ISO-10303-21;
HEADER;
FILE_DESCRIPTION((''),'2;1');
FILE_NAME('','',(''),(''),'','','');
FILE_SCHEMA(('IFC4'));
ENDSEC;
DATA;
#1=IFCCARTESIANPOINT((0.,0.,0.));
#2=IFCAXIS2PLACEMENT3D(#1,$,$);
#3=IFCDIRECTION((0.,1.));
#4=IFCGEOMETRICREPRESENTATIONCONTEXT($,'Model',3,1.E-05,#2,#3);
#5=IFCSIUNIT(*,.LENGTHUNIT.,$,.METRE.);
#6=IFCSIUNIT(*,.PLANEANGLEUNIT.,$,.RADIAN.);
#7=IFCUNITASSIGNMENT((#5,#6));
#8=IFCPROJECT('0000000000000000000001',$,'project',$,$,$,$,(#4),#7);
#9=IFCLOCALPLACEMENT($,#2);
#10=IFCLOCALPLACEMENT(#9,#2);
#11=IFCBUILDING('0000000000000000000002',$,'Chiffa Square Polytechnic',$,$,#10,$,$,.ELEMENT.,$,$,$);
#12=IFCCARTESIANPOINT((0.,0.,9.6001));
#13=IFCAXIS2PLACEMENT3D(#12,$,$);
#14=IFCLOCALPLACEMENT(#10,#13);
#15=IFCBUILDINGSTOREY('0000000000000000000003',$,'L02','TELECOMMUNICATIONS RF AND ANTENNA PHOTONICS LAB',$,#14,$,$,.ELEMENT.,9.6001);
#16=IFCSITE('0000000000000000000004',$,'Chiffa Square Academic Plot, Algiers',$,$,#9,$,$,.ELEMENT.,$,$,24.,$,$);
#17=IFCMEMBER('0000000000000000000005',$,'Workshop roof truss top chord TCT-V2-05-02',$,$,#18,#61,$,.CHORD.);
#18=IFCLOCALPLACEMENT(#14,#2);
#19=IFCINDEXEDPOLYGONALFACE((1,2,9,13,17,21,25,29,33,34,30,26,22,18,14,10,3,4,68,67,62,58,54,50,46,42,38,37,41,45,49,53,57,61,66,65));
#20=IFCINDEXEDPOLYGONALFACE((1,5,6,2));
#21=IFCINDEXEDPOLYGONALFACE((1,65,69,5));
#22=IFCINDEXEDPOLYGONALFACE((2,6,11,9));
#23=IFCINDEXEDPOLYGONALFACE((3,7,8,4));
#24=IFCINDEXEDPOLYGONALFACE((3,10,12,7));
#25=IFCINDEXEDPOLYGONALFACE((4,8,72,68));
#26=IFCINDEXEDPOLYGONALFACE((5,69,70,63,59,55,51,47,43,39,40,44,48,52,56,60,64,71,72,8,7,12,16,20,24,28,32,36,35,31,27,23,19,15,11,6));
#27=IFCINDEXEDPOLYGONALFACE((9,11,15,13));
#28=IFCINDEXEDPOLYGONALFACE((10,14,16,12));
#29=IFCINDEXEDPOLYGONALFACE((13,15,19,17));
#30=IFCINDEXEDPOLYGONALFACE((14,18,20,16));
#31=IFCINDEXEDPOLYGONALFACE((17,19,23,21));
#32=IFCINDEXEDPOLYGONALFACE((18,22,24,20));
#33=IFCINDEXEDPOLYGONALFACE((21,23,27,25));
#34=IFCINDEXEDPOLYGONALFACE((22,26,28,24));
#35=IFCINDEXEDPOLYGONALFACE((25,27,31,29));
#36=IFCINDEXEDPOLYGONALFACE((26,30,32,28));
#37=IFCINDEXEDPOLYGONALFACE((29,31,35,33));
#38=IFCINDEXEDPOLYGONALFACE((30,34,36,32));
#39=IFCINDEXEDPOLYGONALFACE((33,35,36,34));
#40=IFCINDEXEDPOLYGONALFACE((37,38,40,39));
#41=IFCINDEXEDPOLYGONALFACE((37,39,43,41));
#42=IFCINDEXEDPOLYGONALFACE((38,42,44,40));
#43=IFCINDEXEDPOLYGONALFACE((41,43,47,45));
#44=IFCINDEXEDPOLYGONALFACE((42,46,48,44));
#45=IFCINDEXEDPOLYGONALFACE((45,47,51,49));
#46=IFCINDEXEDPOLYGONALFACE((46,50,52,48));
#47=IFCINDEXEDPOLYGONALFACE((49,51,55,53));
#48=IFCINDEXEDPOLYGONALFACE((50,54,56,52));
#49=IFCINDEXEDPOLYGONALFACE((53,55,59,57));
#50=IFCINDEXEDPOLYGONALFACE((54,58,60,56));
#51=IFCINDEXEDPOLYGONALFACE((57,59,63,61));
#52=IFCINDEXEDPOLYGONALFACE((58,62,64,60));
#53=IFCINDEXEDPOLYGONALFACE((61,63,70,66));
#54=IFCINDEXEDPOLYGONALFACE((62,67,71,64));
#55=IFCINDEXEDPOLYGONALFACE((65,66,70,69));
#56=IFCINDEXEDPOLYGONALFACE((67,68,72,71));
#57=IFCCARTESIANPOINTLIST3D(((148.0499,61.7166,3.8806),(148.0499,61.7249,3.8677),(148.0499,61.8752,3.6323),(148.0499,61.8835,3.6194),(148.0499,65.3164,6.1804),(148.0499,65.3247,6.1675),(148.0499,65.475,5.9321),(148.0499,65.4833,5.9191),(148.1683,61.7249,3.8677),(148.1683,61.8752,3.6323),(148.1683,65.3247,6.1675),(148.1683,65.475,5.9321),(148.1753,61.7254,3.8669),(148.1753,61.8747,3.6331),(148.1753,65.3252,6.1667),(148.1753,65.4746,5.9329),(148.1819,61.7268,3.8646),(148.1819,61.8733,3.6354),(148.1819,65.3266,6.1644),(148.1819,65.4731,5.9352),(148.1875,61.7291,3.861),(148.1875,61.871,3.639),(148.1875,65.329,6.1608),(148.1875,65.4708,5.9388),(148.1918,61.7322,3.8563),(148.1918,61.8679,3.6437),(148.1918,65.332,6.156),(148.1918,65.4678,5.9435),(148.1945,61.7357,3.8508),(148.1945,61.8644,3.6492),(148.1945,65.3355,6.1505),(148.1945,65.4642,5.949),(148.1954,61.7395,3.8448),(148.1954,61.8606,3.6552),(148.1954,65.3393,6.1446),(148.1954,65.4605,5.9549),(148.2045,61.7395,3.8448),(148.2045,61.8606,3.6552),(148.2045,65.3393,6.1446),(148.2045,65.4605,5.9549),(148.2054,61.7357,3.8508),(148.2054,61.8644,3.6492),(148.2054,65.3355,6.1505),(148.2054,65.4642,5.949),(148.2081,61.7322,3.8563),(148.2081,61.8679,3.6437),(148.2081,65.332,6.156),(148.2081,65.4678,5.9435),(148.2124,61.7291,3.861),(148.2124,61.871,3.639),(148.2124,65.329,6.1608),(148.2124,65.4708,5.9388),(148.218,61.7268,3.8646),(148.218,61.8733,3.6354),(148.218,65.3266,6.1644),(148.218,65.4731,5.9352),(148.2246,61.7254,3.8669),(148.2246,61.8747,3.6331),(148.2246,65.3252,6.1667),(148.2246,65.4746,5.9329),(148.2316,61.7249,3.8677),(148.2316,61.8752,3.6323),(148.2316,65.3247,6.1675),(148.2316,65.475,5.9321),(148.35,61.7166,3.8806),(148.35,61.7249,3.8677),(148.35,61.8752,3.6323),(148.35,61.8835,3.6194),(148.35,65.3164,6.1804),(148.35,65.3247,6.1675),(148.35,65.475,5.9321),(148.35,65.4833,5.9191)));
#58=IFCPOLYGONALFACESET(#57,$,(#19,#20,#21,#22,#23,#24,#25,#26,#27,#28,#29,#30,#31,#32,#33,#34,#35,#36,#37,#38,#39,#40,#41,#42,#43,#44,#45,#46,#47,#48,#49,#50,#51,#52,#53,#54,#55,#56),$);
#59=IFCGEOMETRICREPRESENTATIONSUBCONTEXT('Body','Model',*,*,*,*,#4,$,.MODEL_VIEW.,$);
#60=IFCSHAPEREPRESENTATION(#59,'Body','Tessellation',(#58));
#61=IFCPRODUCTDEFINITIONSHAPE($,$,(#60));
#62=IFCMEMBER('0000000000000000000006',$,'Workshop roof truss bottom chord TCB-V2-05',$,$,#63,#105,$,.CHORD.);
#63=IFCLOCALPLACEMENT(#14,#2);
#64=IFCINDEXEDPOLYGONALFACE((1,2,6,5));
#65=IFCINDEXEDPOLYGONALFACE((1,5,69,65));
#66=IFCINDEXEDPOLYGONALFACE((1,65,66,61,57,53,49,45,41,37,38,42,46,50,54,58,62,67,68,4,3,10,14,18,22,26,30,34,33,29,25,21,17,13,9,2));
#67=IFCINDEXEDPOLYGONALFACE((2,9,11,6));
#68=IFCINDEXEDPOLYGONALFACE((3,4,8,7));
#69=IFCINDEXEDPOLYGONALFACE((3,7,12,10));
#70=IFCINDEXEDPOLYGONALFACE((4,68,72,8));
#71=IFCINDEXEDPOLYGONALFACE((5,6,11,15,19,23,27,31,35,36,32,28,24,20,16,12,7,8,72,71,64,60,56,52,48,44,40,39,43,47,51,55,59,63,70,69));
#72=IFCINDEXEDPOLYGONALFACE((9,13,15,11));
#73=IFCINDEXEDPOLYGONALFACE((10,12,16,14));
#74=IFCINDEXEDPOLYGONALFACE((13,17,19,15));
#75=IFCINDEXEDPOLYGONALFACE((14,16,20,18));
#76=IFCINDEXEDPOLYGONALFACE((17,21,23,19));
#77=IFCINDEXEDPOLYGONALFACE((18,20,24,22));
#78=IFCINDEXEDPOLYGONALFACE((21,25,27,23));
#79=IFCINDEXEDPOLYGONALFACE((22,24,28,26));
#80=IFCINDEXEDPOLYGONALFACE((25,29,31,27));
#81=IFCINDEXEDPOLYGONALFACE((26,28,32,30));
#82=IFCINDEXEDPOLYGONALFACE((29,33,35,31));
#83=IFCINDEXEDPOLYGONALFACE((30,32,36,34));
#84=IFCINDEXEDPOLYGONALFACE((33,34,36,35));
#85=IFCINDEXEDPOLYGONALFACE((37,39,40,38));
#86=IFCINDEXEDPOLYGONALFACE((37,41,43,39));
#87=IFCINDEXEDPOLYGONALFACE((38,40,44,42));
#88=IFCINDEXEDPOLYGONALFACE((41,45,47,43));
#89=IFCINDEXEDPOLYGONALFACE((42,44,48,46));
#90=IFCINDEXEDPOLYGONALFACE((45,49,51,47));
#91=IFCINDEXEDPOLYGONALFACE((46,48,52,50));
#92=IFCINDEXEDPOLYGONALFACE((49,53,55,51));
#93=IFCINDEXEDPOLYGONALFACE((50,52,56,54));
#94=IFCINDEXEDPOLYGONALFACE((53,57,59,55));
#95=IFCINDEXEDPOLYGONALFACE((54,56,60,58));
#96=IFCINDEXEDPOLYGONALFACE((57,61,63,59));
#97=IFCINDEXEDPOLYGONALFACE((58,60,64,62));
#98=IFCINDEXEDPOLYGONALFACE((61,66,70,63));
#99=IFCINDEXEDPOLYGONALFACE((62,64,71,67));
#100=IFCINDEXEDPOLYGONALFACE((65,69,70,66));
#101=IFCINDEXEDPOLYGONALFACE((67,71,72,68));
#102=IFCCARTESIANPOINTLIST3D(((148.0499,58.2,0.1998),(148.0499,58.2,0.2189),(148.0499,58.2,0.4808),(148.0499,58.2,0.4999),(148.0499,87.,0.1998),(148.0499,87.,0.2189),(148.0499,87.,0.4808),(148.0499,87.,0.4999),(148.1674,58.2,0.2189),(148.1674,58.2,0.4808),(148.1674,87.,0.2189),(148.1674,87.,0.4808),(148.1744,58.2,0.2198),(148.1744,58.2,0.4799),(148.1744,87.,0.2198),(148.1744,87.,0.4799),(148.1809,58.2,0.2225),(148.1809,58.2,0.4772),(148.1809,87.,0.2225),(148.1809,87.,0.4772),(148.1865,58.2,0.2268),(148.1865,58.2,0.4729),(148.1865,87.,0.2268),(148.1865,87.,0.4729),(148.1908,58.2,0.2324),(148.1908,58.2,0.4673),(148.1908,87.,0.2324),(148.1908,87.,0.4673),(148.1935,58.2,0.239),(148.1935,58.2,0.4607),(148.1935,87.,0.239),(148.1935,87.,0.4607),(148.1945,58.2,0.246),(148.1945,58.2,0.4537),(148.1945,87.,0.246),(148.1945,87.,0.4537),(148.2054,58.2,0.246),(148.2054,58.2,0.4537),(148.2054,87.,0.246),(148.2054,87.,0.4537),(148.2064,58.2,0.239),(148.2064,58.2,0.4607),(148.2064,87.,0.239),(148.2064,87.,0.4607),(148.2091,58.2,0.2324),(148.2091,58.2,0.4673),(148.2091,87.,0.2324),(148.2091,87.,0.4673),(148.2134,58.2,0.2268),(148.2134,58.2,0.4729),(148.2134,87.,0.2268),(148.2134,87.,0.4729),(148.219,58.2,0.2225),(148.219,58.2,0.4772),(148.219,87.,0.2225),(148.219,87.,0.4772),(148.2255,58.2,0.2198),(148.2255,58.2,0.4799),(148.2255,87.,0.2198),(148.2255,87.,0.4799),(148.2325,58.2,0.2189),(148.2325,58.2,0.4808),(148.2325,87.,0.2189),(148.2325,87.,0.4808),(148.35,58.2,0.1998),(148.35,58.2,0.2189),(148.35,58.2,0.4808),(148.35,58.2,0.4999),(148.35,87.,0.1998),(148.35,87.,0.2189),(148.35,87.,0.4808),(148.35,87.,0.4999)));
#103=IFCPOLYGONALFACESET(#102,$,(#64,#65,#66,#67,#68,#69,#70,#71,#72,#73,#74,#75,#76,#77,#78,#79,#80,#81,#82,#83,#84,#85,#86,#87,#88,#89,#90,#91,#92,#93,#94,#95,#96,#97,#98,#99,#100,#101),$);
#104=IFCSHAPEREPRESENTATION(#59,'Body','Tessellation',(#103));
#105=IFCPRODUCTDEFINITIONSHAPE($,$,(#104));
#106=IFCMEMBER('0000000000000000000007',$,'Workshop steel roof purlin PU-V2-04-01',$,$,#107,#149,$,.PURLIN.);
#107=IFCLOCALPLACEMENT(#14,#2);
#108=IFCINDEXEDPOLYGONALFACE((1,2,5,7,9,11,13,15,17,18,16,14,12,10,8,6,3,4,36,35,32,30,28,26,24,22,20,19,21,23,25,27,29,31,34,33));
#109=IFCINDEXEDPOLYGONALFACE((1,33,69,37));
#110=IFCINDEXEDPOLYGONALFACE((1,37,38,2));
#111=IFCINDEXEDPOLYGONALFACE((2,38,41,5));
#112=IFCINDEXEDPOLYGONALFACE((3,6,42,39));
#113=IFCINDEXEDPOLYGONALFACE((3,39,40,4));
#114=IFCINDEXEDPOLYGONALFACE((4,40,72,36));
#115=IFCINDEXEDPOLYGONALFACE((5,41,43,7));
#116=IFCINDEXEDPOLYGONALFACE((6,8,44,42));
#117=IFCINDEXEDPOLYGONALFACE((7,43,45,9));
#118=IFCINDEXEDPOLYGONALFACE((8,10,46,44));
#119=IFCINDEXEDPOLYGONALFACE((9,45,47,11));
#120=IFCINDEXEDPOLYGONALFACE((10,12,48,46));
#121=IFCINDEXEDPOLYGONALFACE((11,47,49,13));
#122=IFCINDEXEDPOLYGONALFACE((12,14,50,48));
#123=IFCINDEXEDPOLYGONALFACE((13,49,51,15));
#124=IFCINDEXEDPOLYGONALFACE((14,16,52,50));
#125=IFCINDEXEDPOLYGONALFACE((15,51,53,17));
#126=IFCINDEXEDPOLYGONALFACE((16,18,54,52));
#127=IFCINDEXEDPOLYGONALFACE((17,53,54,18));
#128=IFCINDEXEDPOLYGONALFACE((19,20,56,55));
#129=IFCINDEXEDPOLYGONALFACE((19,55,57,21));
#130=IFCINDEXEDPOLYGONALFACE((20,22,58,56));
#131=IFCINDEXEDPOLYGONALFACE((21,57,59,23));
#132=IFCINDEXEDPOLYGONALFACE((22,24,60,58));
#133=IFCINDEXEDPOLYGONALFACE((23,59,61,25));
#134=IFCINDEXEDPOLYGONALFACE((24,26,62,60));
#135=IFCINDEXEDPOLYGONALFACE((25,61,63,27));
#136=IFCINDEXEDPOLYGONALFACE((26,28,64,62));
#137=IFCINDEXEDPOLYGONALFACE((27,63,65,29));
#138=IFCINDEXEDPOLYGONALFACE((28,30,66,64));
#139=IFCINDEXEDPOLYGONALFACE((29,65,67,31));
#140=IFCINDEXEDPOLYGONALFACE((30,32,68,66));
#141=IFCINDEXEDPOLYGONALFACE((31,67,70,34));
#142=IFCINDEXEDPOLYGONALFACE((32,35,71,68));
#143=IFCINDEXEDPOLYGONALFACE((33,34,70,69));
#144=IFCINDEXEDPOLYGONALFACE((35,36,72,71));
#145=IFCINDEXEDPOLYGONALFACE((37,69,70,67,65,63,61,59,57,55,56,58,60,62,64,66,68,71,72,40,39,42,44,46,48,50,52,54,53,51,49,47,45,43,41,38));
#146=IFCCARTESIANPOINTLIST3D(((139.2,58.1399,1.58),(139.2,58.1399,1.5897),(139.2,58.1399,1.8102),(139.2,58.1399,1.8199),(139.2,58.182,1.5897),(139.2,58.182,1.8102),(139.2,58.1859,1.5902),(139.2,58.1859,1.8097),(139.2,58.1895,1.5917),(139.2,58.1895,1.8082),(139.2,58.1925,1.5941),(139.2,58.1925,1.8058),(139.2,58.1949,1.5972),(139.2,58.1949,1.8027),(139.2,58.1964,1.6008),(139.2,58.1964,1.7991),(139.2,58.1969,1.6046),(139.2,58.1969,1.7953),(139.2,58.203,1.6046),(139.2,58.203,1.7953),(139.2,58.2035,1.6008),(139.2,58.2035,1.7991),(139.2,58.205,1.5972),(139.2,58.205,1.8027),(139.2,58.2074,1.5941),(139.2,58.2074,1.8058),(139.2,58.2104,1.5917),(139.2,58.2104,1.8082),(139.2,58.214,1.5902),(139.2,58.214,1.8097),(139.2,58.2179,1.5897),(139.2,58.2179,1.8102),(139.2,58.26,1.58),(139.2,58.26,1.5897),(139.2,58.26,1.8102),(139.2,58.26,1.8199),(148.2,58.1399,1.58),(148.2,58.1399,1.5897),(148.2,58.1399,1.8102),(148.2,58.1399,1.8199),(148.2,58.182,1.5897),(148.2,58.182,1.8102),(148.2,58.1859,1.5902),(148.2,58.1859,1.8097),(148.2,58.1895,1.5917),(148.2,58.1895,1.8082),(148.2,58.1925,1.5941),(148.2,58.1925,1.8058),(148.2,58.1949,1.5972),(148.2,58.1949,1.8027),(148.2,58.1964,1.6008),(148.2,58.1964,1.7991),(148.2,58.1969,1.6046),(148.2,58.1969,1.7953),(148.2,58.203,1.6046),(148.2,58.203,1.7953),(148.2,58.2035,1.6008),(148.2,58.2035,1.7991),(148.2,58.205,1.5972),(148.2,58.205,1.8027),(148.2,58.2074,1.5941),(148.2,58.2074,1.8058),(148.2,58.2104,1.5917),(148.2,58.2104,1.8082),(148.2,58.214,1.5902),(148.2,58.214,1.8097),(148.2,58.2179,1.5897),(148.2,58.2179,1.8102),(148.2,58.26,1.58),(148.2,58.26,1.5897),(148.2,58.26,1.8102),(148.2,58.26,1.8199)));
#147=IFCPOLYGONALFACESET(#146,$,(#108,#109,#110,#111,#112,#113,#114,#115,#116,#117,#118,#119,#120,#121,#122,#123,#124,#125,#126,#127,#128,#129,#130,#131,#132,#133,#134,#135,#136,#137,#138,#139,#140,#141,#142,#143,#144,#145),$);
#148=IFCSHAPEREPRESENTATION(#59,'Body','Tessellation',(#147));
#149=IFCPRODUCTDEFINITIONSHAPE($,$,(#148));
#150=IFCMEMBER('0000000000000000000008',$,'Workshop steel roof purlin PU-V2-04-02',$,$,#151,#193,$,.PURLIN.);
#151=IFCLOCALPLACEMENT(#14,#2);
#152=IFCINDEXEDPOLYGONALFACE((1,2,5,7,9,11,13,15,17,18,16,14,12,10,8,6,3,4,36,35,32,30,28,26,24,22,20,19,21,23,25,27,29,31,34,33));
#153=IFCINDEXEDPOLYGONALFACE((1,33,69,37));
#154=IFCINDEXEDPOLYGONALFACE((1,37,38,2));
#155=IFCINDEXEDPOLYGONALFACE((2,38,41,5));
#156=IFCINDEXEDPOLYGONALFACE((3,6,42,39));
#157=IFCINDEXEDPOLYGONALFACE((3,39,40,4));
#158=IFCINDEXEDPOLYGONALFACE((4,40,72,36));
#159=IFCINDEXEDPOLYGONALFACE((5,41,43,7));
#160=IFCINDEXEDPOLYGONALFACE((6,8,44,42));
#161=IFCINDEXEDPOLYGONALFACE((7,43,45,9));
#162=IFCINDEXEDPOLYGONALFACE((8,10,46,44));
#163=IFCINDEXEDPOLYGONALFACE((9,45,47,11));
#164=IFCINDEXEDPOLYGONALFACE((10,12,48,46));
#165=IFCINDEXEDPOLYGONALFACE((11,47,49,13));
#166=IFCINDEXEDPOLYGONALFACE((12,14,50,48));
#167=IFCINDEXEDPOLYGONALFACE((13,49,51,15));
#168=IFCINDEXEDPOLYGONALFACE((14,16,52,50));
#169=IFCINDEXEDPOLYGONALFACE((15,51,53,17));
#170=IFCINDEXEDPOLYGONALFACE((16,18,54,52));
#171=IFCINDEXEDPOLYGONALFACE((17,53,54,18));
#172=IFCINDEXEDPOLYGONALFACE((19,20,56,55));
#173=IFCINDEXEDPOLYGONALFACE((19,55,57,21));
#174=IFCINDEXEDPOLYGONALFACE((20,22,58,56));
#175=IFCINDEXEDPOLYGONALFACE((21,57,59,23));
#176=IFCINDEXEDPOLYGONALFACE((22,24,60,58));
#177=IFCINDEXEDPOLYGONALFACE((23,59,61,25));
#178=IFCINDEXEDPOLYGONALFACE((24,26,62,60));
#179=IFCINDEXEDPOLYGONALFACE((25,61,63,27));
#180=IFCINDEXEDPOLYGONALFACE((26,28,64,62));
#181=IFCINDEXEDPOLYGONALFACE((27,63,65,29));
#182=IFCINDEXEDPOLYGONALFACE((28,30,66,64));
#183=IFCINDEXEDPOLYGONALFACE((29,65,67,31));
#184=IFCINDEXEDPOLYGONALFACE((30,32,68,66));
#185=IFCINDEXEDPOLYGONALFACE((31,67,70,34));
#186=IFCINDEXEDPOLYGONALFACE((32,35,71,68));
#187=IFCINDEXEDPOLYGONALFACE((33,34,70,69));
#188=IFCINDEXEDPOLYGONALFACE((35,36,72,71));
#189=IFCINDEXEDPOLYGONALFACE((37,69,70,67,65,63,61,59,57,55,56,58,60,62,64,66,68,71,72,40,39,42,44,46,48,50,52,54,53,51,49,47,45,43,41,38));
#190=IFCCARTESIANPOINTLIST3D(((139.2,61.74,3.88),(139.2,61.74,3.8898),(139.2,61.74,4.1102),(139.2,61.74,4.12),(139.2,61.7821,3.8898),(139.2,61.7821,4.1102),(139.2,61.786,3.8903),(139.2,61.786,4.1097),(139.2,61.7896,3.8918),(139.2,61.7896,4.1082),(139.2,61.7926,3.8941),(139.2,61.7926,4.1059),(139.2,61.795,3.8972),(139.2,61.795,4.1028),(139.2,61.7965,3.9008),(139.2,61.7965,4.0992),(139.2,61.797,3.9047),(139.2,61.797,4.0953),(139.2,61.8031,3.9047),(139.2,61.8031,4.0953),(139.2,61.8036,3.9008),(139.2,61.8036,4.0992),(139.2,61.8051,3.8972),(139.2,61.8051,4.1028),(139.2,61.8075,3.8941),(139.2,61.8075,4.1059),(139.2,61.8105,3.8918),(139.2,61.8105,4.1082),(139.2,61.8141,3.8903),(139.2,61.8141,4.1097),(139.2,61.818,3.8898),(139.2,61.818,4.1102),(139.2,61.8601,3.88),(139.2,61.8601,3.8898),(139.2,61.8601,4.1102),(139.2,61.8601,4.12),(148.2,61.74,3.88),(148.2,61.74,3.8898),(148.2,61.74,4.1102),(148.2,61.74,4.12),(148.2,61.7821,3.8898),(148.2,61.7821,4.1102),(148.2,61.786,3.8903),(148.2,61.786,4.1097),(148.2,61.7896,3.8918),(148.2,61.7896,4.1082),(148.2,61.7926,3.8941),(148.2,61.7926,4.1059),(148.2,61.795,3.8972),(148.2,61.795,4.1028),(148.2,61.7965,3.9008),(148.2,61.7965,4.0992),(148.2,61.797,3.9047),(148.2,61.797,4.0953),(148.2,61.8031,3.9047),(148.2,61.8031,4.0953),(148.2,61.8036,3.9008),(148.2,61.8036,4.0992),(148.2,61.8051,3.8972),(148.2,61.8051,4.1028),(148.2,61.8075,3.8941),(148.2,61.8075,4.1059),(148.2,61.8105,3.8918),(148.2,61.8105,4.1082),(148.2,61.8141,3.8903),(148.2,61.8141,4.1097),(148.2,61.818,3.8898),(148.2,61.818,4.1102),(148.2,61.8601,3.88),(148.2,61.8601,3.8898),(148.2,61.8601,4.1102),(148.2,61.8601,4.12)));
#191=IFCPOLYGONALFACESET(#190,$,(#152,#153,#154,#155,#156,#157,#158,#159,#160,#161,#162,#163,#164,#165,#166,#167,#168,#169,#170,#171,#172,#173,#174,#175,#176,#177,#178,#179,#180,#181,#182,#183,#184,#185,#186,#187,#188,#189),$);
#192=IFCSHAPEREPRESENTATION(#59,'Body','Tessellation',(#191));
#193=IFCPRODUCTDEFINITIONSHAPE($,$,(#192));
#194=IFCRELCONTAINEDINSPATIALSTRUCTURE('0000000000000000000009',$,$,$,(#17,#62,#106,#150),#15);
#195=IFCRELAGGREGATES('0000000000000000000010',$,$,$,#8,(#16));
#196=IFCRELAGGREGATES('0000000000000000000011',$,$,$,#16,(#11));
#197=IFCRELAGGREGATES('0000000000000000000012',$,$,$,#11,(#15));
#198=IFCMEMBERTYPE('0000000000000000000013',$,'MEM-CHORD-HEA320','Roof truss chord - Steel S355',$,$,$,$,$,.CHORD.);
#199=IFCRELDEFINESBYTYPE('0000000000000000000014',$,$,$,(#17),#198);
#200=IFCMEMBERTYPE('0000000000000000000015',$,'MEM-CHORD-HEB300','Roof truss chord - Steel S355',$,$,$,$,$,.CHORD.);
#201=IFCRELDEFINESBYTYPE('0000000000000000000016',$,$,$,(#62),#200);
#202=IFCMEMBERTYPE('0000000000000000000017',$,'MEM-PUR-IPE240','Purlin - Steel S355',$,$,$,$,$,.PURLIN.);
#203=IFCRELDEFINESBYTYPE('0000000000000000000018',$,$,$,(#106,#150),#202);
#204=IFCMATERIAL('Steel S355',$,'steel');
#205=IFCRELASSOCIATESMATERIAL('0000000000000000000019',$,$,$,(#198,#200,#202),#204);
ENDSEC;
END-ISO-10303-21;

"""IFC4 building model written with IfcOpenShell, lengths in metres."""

from ifc_helpers import new_model, si_unit, direction, frame, origin, origin_2d, place, context, subcontext, project, spatial, i_section, extrude, material, material_profile, profile_set, type_object, element, save


model = new_model("IFC4")

# Units and contexts
model_context = context("Model", 3, precision=1e-05, world=origin(), true_north=direction((0.0, 1.0)))
body_context = subcontext(model_context, "Body", "Model", "MODEL_VIEW")
ifc_project = project(units=[si_unit("LENGTHUNIT", "METRE"), si_unit("PLANEANGLEUNIT", "RADIAN")], contexts=[model_context])

# Site, building, storey
site_placement = place(None, origin())
site = spatial("IfcSite", under=ifc_project, at=site_placement, Name="Chiffa Square Academic Plot, Algiers", CompositionType="ELEMENT", RefElevation=24.0)
building_placement = place(site_placement, origin())
building = spatial("IfcBuilding", under=site, at=building_placement, Name="Chiffa Square Polytechnic", CompositionType="ELEMENT")
storey_placement = place(building_placement, frame((0.0, 0.0, 9.6001)))
storey = spatial("IfcBuildingStorey", under=building, at=storey_placement, Name="L02", Description="TELECOMMUNICATIONS RF AND ANTENNA PHOTONICS LAB", CompositionType="ELEMENT", Elevation=9.6001)

# Shared definitions
ifc_material = material(Name="Steel S355", Category="steel")

# Members
ifc_material_profile_1 = material_profile(ifc_material, i_section(OverallWidth=0.3, OverallDepth=0.3101, WebThickness=0.009, FlangeThickness=0.0154, FilletRadius=0.0271, at=origin_2d()), Name="HEA 320")
ifc_profile_set_1 = profile_set([ifc_material_profile_1], Name="Steel S355")
member_type_1 = type_object("IfcMemberType", Name="MEM-CHORD-HEA320", Description="Roof truss chord - Steel S355", PredefinedType="CHORD", material=ifc_profile_set_1)
member_1_placement = place(storey_placement, frame((148.2, 61.8, 3.75), z_axis=(0.0, 0.842707, 0.538372), x_axis=(-1.0, 0.0, 0.0)))
element("IfcMember", 1, at=member_1_placement, inside=storey, type_object=member_type_1, Name="Workshop roof truss top chord TCT-V2-05-02", PredefinedType="CHORD", context=body_context, shape_type="SweptSolid", body=[
    extrude(i_section(OverallWidth=0.3, OverallDepth=0.3101, WebThickness=0.009, FlangeThickness=0.0154, FilletRadius=0.0271, at=origin_2d()), origin(), (0.0, 0.0, 1.0), 4.2717),
])
ifc_material_profile_2 = material_profile(ifc_material, i_section(OverallWidth=0.3, OverallDepth=0.3, WebThickness=0.011, FlangeThickness=0.019, FilletRadius=0.0271, at=origin_2d()), Name="HEB 300")
ifc_profile_set_2 = profile_set([ifc_material_profile_2], Name="Steel S355")
member_type_2 = type_object("IfcMemberType", Name="MEM-CHORD-HEB300", Description="Roof truss chord - Steel S355", PredefinedType="CHORD", material=ifc_profile_set_2)
member_2_placement = place(storey_placement, frame((148.2, 58.2, 0.3499), z_axis=(0.0, 1.0, 0.0), x_axis=(-1.0, 0.0, 0.0)))
element("IfcMember", 2, at=member_2_placement, inside=storey, type_object=member_type_2, Name="Workshop roof truss bottom chord TCB-V2-05", PredefinedType="CHORD", context=body_context, shape_type="SweptSolid", body=[
    extrude(i_section(OverallWidth=0.3, OverallDepth=0.3, WebThickness=0.011, FlangeThickness=0.019, FilletRadius=0.0271, at=origin_2d()), origin(), (0.0, 0.0, 1.0), 28.8),
])
ifc_material_profile_3 = material_profile(ifc_material, i_section(OverallWidth=0.1201, OverallDepth=0.24, WebThickness=0.0061, FlangeThickness=0.0098, FilletRadius=0.0149, at=origin_2d()), Name="IPE 240")
ifc_profile_set_3 = profile_set([ifc_material_profile_3], Name="Steel S355")
member_type_3 = type_object("IfcMemberType", Name="MEM-PUR-IPE240", Description="Purlin - Steel S355", PredefinedType="PURLIN", material=ifc_profile_set_3)
for number, where, z_axis, x_axis, name in (
    (3, (139.2, 58.2, 1.7), (1.0, 0.0, 0.0), (0.0, 1.0, 0.0), "Workshop steel roof purlin PU-V2-04-01"),
    (4, (139.2, 61.8, 4.0), (1.0, 0.0, 0.0), (0.0, 1.0, 0.0), "Workshop steel roof purlin PU-V2-04-02"),
):
    element("IfcMember", number, at=place(storey_placement, frame(where, z_axis=z_axis, x_axis=x_axis)), inside=storey, type_object=member_type_3, Name=name, PredefinedType="PURLIN", context=body_context, shape_type="SweptSolid", body=[
        extrude(i_section(OverallWidth=0.1201, OverallDepth=0.24, WebThickness=0.0061, FlangeThickness=0.0098, FilletRadius=0.0149, at=origin_2d()), origin(), (0.0, 0.0, 1.0), 9.0),
    ])

save(model, "model.ifc")
